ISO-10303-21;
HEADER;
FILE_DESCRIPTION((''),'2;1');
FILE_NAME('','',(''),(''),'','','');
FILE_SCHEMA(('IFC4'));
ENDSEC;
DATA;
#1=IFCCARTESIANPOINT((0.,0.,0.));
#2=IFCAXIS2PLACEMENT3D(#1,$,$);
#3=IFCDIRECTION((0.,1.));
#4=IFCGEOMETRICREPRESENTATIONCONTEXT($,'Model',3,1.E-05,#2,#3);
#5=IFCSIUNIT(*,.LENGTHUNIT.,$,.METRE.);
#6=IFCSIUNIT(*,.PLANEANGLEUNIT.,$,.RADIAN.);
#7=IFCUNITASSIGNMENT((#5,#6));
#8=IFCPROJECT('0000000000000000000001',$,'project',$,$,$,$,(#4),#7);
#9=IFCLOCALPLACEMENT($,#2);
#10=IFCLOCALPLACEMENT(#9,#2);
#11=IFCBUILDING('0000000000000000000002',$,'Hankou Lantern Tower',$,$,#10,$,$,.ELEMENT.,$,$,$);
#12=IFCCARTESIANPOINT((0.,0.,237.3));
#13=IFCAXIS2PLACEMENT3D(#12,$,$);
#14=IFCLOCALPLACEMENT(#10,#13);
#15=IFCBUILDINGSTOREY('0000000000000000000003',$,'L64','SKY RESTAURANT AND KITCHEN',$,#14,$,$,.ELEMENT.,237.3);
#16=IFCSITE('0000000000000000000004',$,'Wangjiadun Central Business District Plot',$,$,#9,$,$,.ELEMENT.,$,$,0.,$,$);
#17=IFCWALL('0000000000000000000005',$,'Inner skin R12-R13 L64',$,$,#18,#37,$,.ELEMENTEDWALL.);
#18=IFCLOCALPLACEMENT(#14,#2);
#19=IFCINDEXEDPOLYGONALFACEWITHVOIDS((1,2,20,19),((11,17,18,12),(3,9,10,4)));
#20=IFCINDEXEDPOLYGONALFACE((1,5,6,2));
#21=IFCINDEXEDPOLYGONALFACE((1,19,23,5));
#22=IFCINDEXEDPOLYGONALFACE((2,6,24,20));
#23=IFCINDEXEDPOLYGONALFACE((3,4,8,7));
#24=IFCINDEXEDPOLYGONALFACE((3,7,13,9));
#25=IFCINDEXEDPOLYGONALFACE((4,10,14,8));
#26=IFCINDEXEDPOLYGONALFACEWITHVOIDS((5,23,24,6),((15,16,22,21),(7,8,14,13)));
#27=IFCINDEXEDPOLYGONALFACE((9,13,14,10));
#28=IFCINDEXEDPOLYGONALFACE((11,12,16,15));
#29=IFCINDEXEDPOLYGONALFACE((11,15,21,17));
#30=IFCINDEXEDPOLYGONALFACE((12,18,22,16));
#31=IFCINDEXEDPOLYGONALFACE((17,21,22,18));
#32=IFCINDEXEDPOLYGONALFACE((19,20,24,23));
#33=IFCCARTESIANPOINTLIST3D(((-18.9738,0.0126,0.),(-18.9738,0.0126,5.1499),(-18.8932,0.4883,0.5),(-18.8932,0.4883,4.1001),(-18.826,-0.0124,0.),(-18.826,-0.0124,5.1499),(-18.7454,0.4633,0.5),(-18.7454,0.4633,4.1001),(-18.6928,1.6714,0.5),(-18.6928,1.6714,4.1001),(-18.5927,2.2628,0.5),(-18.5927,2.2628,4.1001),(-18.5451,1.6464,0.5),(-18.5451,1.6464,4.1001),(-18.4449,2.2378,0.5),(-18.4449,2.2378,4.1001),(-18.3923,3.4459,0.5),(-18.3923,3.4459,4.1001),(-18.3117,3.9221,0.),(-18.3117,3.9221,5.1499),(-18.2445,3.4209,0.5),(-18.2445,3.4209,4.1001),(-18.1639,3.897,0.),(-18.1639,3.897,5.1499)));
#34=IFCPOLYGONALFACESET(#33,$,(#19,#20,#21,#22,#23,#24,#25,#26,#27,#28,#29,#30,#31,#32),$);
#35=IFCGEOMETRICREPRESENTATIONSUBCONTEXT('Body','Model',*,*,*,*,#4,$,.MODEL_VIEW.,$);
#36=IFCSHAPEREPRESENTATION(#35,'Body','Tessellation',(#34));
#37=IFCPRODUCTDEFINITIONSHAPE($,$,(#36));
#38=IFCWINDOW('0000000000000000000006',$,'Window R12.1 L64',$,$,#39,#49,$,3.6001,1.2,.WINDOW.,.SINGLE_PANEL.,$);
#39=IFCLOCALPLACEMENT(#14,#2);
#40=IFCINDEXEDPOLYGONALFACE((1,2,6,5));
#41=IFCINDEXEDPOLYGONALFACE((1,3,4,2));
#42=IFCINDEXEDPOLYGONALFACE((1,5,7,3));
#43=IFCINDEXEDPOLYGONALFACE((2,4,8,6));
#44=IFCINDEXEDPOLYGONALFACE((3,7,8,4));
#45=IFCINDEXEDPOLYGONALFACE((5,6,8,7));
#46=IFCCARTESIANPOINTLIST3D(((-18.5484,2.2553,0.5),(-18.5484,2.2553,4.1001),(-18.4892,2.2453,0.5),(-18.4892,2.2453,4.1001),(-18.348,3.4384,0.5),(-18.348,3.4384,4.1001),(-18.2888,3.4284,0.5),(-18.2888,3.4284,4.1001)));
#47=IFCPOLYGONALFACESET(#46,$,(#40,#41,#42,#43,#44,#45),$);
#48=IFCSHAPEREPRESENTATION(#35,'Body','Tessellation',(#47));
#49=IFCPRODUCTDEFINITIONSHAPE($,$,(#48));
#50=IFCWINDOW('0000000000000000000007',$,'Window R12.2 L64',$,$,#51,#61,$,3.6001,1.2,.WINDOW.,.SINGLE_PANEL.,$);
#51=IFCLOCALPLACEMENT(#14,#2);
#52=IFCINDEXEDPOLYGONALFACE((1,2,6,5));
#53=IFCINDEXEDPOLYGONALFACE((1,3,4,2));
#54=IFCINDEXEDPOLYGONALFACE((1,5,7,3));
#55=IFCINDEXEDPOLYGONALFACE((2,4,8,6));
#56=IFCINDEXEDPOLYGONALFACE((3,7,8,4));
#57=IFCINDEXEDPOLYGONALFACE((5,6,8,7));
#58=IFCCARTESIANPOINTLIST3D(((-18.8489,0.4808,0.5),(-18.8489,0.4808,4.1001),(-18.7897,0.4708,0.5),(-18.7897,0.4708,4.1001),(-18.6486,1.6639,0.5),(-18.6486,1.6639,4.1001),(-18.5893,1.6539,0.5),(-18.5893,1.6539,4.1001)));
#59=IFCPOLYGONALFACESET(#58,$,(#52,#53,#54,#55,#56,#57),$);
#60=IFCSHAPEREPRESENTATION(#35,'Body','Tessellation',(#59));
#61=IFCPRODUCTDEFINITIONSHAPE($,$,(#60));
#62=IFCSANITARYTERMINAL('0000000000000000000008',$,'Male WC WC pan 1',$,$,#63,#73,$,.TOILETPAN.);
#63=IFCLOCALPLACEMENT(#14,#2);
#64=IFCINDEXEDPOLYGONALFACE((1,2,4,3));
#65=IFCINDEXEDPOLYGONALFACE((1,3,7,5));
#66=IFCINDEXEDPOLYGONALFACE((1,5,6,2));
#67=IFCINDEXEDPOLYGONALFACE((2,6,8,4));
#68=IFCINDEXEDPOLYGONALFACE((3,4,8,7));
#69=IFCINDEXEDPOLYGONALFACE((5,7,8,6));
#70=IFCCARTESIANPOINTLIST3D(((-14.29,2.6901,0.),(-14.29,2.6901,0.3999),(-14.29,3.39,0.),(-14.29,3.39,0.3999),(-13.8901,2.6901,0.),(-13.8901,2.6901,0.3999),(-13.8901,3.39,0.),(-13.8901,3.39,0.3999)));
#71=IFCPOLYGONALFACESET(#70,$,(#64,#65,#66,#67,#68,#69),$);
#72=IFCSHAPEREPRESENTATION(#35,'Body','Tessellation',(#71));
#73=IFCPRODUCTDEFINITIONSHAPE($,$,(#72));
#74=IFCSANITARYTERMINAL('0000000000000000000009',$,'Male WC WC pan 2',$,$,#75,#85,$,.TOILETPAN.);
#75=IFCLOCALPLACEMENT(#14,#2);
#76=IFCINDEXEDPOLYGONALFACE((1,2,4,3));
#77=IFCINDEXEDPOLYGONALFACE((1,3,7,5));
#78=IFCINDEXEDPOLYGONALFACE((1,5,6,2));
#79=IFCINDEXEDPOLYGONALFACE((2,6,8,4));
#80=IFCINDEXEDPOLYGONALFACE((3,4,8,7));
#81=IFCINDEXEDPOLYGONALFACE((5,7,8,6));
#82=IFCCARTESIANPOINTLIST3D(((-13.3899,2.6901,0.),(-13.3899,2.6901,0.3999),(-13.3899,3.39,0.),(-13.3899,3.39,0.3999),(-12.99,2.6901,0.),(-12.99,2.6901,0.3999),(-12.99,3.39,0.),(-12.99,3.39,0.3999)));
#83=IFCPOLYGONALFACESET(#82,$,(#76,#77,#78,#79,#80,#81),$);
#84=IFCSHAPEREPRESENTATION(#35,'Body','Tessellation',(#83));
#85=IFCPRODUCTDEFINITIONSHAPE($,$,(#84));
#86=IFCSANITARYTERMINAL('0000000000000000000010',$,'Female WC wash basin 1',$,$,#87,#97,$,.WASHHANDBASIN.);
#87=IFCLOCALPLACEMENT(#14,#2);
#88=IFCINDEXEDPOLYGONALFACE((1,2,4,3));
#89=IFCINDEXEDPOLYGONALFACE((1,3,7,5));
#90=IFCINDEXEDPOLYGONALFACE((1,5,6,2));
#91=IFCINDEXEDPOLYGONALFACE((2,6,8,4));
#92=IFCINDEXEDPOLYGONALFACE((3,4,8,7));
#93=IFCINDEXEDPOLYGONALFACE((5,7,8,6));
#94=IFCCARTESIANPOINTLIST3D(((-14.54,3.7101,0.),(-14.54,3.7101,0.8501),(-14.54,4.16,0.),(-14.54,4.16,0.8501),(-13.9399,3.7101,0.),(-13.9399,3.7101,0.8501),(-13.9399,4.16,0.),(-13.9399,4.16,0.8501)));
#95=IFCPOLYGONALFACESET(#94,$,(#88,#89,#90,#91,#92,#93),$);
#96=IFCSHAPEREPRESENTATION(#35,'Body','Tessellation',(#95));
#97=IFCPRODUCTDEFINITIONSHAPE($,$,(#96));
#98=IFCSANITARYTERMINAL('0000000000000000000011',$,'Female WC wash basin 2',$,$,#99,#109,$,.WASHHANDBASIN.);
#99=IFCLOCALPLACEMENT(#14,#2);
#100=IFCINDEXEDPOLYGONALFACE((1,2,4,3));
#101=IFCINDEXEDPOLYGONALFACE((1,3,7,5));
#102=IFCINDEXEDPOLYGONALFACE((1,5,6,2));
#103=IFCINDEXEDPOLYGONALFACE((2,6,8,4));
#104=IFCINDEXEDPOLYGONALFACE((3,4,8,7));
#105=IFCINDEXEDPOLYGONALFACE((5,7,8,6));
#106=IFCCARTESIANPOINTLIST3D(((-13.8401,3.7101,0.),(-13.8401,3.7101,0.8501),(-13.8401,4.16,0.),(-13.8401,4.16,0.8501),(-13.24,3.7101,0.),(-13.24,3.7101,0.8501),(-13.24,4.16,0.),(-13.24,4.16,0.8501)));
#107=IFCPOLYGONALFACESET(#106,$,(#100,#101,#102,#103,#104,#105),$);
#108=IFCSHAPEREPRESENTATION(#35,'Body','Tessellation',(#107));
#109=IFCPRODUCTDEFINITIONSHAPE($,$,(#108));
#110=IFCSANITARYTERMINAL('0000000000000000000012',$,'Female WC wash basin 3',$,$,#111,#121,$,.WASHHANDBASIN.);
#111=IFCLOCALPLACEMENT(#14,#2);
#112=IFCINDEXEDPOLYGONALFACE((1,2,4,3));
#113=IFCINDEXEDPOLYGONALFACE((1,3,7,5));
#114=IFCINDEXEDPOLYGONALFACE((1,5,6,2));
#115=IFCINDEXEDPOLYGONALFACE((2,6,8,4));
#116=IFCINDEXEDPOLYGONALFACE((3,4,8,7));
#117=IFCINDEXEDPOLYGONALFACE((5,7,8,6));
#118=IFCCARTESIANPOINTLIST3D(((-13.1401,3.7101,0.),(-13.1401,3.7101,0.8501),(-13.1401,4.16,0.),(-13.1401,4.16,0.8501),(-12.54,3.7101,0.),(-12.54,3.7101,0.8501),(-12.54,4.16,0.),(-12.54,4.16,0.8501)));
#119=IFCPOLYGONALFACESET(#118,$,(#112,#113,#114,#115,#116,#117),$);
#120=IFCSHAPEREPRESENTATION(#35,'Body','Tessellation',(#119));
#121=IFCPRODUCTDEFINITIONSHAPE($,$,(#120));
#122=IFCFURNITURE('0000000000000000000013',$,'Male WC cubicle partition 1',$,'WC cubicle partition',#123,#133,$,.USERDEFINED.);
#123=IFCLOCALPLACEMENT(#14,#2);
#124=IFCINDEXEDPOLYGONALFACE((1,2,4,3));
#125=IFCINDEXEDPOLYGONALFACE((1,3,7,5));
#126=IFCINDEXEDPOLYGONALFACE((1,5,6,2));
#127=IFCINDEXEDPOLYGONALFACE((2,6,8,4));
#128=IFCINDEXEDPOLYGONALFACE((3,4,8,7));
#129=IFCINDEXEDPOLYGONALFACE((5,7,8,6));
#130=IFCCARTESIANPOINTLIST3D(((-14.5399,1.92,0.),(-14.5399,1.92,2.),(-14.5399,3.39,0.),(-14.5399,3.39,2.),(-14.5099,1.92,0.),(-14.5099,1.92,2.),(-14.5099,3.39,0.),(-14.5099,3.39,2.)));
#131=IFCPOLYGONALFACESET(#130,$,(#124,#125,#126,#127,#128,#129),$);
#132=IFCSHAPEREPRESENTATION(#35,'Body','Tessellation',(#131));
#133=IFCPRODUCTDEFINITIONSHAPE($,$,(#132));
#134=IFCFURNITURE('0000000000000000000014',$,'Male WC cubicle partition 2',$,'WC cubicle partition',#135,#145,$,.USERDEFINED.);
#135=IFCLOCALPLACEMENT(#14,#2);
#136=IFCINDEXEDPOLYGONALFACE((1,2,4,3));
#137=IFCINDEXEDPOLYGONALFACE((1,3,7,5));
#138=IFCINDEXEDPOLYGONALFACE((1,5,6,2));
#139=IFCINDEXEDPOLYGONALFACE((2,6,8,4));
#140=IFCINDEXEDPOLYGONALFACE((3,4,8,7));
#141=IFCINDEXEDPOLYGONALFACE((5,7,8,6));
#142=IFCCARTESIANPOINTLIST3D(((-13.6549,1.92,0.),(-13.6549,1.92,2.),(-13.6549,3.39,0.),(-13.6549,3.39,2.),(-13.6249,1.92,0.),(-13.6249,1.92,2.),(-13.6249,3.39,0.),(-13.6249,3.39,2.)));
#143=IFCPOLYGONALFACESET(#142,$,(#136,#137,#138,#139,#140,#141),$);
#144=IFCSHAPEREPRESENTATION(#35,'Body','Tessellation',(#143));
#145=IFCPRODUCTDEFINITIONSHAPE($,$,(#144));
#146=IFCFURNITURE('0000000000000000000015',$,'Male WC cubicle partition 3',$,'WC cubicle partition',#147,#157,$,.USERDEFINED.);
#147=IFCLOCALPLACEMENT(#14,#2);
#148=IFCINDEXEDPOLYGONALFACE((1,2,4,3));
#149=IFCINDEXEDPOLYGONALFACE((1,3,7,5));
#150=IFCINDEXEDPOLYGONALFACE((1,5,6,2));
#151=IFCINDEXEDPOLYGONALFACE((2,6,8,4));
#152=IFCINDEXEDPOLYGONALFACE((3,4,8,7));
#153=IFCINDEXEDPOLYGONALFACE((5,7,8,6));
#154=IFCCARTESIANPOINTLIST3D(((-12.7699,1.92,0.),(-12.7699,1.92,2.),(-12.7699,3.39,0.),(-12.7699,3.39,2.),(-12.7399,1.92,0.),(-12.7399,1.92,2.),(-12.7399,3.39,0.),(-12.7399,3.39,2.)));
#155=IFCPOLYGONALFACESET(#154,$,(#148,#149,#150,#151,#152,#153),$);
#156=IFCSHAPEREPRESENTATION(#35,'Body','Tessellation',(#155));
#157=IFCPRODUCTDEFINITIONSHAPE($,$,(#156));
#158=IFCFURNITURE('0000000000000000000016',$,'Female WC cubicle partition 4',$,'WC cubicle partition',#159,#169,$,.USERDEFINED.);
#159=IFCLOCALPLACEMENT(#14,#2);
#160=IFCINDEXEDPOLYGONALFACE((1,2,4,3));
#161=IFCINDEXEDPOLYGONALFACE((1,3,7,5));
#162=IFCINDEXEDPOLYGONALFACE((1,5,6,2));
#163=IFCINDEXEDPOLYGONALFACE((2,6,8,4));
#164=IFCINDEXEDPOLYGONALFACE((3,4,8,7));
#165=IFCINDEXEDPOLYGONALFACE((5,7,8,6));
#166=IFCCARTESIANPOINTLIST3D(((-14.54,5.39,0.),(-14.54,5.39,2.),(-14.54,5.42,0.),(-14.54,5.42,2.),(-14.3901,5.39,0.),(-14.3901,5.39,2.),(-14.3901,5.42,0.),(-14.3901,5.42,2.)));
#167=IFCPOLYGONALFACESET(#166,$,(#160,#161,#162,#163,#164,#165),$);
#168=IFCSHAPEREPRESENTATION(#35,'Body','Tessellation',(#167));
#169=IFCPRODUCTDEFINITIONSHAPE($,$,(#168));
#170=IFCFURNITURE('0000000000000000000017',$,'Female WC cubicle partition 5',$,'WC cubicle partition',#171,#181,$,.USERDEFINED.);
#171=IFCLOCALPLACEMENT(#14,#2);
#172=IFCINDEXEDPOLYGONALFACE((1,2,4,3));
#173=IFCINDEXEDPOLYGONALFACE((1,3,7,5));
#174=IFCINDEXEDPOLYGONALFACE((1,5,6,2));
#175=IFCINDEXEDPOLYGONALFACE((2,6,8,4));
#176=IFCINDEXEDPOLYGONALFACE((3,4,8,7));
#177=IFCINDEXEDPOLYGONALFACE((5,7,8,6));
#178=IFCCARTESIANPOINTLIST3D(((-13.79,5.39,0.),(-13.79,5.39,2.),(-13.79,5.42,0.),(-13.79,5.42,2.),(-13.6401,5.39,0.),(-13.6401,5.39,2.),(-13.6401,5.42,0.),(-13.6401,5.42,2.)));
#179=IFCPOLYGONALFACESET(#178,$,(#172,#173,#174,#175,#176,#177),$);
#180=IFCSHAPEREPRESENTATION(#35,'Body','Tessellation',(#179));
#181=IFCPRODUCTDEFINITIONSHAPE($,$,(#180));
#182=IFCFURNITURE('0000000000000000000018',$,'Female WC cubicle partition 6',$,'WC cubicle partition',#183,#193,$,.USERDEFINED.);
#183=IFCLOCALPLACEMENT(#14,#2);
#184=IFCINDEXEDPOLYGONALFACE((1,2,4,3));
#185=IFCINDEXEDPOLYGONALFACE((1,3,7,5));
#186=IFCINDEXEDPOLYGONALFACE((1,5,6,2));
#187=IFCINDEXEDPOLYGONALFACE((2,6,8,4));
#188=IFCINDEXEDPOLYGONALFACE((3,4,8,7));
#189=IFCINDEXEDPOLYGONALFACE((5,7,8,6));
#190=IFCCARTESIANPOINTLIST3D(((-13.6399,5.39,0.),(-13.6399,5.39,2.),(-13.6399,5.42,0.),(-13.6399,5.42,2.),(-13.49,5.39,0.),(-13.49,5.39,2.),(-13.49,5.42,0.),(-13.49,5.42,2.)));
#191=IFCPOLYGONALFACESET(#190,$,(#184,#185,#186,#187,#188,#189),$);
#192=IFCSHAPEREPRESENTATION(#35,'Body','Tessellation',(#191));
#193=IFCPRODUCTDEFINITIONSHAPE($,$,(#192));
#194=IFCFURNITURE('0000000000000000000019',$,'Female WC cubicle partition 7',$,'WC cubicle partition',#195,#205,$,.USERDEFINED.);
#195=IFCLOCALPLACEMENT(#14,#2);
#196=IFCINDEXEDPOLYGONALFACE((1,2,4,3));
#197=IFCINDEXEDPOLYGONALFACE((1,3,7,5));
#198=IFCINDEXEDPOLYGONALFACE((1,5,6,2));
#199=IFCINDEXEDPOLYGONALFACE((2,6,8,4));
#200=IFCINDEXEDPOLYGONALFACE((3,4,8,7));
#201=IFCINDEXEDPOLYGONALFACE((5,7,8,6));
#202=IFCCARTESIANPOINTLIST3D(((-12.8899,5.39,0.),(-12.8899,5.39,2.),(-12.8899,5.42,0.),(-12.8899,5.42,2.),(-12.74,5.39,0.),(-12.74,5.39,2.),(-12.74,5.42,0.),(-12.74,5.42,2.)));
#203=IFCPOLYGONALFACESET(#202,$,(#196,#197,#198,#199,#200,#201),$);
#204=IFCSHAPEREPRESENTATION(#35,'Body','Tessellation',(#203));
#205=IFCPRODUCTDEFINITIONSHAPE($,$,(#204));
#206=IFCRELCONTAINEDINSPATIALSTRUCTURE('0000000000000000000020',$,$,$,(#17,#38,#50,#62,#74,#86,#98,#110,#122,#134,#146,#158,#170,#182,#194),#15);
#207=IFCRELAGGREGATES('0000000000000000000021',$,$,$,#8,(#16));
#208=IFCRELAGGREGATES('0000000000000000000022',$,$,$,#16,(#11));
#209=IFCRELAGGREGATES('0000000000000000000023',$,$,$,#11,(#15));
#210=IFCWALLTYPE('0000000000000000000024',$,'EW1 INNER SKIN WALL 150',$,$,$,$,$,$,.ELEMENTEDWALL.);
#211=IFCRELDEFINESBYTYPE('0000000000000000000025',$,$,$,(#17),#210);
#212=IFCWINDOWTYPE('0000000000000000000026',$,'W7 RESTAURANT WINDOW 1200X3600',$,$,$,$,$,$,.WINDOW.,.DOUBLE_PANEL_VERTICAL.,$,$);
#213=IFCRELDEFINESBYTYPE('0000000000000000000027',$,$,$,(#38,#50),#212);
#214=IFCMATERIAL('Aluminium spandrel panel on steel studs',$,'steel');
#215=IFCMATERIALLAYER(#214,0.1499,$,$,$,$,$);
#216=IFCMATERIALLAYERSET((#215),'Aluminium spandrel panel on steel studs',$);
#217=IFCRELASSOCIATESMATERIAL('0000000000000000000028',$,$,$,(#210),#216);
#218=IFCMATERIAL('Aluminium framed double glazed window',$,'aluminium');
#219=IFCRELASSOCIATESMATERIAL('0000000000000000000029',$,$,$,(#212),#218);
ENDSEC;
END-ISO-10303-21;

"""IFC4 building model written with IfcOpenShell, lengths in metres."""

from ifc_helpers import new_model, si_unit, direction, frame, frame_2d, origin, origin_2d, place, context, subcontext, project, spatial, rectangle, extrude, material, layer, layer_set, type_object, element, fill, save


model = new_model("IFC4")

# Units and contexts
model_context = context("Model", 3, precision=1e-05, world=origin(), true_north=direction((0.0, 1.0)))
body_context = subcontext(model_context, "Body", "Model", "MODEL_VIEW")
ifc_project = project(units=[si_unit("LENGTHUNIT", "METRE"), si_unit("PLANEANGLEUNIT", "RADIAN")], contexts=[model_context])

# Site, building, storey
site_placement = place(None, origin())
site = spatial("IfcSite", under=ifc_project, at=site_placement, Name="Wangjiadun Central Business District Plot", CompositionType="ELEMENT", RefElevation=0.0)
building_placement = place(site_placement, origin())
building = spatial("IfcBuilding", under=site, at=building_placement, Name="Hankou Lantern Tower", CompositionType="ELEMENT")
storey_placement = place(building_placement, frame((0.0, 0.0, 237.3)))
storey = spatial("IfcBuildingStorey", under=building, at=storey_placement, Name="L64", Description="SKY RESTAURANT AND KITCHEN", CompositionType="ELEMENT", Elevation=237.3)

# Wall, openings, windows
ifc_material_1 = material(Name="Aluminium spandrel panel on steel studs", Category="steel")
ifc_layer = layer(ifc_material_1, 0.1499)
ifc_layer_set = layer_set([ifc_layer], Name="Aluminium spandrel panel on steel studs")
wall_type = type_object("IfcWallType", Name="EW1 INNER SKIN WALL 150", PredefinedType="ELEMENTEDWALL", material=ifc_layer_set)
wall_placement = place(storey_placement, frame((-18.2378, 3.9094, 0.0), z_axis=(0.0, 0.0, 1.0), x_axis=(-0.166984, -0.98596, 0.0)))
wall = element("IfcWall", 1, at=wall_placement, inside=storey, type_object=wall_type, Name="Inner skin R12-R13 L64", PredefinedType="ELEMENTEDWALL", context=body_context, shape_type="SweptSolid", body=[
    extrude(rectangle(XDim=3.9651, YDim=0.1499, at=frame_2d((1.9824, 0.0))), origin(), (0.0, 0.0, 1.0), 5.1499),
])
opening_1_placement = place(wall_placement, frame((0.4827, 0.0, 0.5)))
opening_1 = element("IfcOpeningElement", 2, at=opening_1_placement, cuts=wall, PredefinedType="OPENING", context=body_context, shape_type="SweptSolid", body=[
    extrude(rectangle(XDim=1.2, YDim=3.6001, at=frame_2d((0.6001, 1.8))), frame((0.0, 0.085, 0.0), z_axis=(0.0, -1.0, 0.0), x_axis=(1.0, 0.0, 0.0)), (0.0, 0.0, 1.0), 0.1699),
])
opening_2_placement = place(wall_placement, frame((2.2825, 0.0, 0.5)))
opening_2 = element("IfcOpeningElement", 3, at=opening_2_placement, cuts=wall, PredefinedType="OPENING", context=body_context, shape_type="SweptSolid", body=[
    extrude(rectangle(XDim=1.2, YDim=3.6001, at=frame_2d((0.6001, 1.8))), frame((0.0, 0.085, 0.0), z_axis=(0.0, -1.0, 0.0), x_axis=(1.0, 0.0, 0.0)), (0.0, 0.0, 1.0), 0.1699),
])
ifc_material_2 = material(Name="Aluminium framed double glazed window", Category="aluminium")
window_type = type_object("IfcWindowType", Name="W7 RESTAURANT WINDOW 1200X3600", PartitioningType="DOUBLE_PANEL_VERTICAL", PredefinedType="WINDOW", material=ifc_material_2)
window_1_placement = place(opening_1_placement, origin())
window_1 = element("IfcWindow", 4, at=window_1_placement, inside=storey, type_object=window_type, Name="Window R12.1 L64", OverallHeight=3.6001, OverallWidth=1.2, PartitioningType="SINGLE_PANEL", PredefinedType="WINDOW", context=body_context, shape_type="SweptSolid", body=[
    extrude(rectangle(XDim=1.2, YDim=3.6001, at=frame_2d((0.6001, 1.8))), frame((0.0, 0.03, 0.0), z_axis=(0.0, -1.0, 0.0), x_axis=(1.0, 0.0, 0.0)), (0.0, 0.0, 1.0), 0.0601),
])
fill(opening_1, window_1)
window_2_placement = place(opening_2_placement, origin())
window_2 = element("IfcWindow", 5, at=window_2_placement, inside=storey, type_object=window_type, Name="Window R12.2 L64", OverallHeight=3.6001, OverallWidth=1.2, PartitioningType="SINGLE_PANEL", PredefinedType="WINDOW", context=body_context, shape_type="SweptSolid", body=[
    extrude(rectangle(XDim=1.2, YDim=3.6001, at=frame_2d((0.6001, 1.8))), frame((0.0, 0.03, 0.0), z_axis=(0.0, -1.0, 0.0), x_axis=(1.0, 0.0, 0.0)), (0.0, 0.0, 1.0), 0.0601),
])
fill(opening_2, window_2)

# Sanitary terminals
for number, where, z_axis, x_axis, name in (
    (6, (-14.0901, 3.04, 0.0), (0.0, 0.0, 1.0), (1.0, 0.0, 0.0), "Male WC WC pan 1"),
    (7, (-13.1899, 3.04, 0.0), (0.0, 0.0, 1.0), (1.0, 0.0, 0.0), "Male WC WC pan 2"),
):
    element("IfcSanitaryTerminal", number, at=place(storey_placement, frame(where, z_axis=z_axis, x_axis=x_axis)), inside=storey, Name=name, PredefinedType="TOILETPAN", context=body_context, shape_type="SweptSolid", body=[
        extrude(rectangle(XDim=0.3999, YDim=0.7, at=origin_2d()), origin(), (0.0, 0.0, 1.0), 0.3999),
    ])
for number, where, z_axis, x_axis, name in (
    (8, (-14.24, 3.9351, 0.0), (0.0, 0.0, 1.0), (1.0, 0.0, 0.0), "Female WC wash basin 1"),
    (9, (-13.54, 3.9351, 0.0), (0.0, 0.0, 1.0), (1.0, 0.0, 0.0), "Female WC wash basin 2"),
    (10, (-12.8401, 3.9351, 0.0), (0.0, 0.0, 1.0), (1.0, 0.0, 0.0), "Female WC wash basin 3"),
):
    element("IfcSanitaryTerminal", number, at=place(storey_placement, frame(where, z_axis=z_axis, x_axis=x_axis)), inside=storey, Name=name, PredefinedType="WASHHANDBASIN", context=body_context, shape_type="SweptSolid", body=[
        extrude(rectangle(XDim=0.6001, YDim=0.45, at=origin_2d()), origin(), (0.0, 0.0, 1.0), 0.8501),
    ])

# Furniture
for number, where, z_axis, x_axis, name in (
    (11, (-14.5249, 2.655, 0.0), (0.0, 0.0, 1.0), (1.0, 0.0, 0.0), "Male WC cubicle partition 1"),
    (12, (-13.6399, 2.655, 0.0), (0.0, 0.0, 1.0), (1.0, 0.0, 0.0), "Male WC cubicle partition 2"),
    (13, (-12.7549, 2.655, 0.0), (0.0, 0.0, 1.0), (1.0, 0.0, 0.0), "Male WC cubicle partition 3"),
):
    element("IfcFurniture", number, at=place(storey_placement, frame(where, z_axis=z_axis, x_axis=x_axis)), inside=storey, Name=name, ObjectType="WC cubicle partition", PredefinedType="USERDEFINED", context=body_context, shape_type="SweptSolid", body=[
        extrude(rectangle(XDim=0.03, YDim=1.47, at=origin_2d()), origin(), (0.0, 0.0, 1.0), 2.0),
    ])
for number, where, z_axis, x_axis, name in (
    (14, (-14.4651, 5.405, 0.0), (0.0, 0.0, 1.0), (1.0, 0.0, 0.0), "Female WC cubicle partition 4"),
    (15, (-13.7151, 5.405, 0.0), (0.0, 0.0, 1.0), (1.0, 0.0, 0.0), "Female WC cubicle partition 5"),
    (16, (-13.5649, 5.405, 0.0), (0.0, 0.0, 1.0), (1.0, 0.0, 0.0), "Female WC cubicle partition 6"),
    (17, (-12.8149, 5.405, 0.0), (0.0, 0.0, 1.0), (1.0, 0.0, 0.0), "Female WC cubicle partition 7"),
):
    element("IfcFurniture", number, at=place(storey_placement, frame(where, z_axis=z_axis, x_axis=x_axis)), inside=storey, Name=name, ObjectType="WC cubicle partition", PredefinedType="USERDEFINED", context=body_context, shape_type="SweptSolid", body=[
        extrude(rectangle(XDim=0.1499, YDim=0.03, at=origin_2d()), origin(), (0.0, 0.0, 1.0), 2.0),
    ])

save(model, "model.ifc")
